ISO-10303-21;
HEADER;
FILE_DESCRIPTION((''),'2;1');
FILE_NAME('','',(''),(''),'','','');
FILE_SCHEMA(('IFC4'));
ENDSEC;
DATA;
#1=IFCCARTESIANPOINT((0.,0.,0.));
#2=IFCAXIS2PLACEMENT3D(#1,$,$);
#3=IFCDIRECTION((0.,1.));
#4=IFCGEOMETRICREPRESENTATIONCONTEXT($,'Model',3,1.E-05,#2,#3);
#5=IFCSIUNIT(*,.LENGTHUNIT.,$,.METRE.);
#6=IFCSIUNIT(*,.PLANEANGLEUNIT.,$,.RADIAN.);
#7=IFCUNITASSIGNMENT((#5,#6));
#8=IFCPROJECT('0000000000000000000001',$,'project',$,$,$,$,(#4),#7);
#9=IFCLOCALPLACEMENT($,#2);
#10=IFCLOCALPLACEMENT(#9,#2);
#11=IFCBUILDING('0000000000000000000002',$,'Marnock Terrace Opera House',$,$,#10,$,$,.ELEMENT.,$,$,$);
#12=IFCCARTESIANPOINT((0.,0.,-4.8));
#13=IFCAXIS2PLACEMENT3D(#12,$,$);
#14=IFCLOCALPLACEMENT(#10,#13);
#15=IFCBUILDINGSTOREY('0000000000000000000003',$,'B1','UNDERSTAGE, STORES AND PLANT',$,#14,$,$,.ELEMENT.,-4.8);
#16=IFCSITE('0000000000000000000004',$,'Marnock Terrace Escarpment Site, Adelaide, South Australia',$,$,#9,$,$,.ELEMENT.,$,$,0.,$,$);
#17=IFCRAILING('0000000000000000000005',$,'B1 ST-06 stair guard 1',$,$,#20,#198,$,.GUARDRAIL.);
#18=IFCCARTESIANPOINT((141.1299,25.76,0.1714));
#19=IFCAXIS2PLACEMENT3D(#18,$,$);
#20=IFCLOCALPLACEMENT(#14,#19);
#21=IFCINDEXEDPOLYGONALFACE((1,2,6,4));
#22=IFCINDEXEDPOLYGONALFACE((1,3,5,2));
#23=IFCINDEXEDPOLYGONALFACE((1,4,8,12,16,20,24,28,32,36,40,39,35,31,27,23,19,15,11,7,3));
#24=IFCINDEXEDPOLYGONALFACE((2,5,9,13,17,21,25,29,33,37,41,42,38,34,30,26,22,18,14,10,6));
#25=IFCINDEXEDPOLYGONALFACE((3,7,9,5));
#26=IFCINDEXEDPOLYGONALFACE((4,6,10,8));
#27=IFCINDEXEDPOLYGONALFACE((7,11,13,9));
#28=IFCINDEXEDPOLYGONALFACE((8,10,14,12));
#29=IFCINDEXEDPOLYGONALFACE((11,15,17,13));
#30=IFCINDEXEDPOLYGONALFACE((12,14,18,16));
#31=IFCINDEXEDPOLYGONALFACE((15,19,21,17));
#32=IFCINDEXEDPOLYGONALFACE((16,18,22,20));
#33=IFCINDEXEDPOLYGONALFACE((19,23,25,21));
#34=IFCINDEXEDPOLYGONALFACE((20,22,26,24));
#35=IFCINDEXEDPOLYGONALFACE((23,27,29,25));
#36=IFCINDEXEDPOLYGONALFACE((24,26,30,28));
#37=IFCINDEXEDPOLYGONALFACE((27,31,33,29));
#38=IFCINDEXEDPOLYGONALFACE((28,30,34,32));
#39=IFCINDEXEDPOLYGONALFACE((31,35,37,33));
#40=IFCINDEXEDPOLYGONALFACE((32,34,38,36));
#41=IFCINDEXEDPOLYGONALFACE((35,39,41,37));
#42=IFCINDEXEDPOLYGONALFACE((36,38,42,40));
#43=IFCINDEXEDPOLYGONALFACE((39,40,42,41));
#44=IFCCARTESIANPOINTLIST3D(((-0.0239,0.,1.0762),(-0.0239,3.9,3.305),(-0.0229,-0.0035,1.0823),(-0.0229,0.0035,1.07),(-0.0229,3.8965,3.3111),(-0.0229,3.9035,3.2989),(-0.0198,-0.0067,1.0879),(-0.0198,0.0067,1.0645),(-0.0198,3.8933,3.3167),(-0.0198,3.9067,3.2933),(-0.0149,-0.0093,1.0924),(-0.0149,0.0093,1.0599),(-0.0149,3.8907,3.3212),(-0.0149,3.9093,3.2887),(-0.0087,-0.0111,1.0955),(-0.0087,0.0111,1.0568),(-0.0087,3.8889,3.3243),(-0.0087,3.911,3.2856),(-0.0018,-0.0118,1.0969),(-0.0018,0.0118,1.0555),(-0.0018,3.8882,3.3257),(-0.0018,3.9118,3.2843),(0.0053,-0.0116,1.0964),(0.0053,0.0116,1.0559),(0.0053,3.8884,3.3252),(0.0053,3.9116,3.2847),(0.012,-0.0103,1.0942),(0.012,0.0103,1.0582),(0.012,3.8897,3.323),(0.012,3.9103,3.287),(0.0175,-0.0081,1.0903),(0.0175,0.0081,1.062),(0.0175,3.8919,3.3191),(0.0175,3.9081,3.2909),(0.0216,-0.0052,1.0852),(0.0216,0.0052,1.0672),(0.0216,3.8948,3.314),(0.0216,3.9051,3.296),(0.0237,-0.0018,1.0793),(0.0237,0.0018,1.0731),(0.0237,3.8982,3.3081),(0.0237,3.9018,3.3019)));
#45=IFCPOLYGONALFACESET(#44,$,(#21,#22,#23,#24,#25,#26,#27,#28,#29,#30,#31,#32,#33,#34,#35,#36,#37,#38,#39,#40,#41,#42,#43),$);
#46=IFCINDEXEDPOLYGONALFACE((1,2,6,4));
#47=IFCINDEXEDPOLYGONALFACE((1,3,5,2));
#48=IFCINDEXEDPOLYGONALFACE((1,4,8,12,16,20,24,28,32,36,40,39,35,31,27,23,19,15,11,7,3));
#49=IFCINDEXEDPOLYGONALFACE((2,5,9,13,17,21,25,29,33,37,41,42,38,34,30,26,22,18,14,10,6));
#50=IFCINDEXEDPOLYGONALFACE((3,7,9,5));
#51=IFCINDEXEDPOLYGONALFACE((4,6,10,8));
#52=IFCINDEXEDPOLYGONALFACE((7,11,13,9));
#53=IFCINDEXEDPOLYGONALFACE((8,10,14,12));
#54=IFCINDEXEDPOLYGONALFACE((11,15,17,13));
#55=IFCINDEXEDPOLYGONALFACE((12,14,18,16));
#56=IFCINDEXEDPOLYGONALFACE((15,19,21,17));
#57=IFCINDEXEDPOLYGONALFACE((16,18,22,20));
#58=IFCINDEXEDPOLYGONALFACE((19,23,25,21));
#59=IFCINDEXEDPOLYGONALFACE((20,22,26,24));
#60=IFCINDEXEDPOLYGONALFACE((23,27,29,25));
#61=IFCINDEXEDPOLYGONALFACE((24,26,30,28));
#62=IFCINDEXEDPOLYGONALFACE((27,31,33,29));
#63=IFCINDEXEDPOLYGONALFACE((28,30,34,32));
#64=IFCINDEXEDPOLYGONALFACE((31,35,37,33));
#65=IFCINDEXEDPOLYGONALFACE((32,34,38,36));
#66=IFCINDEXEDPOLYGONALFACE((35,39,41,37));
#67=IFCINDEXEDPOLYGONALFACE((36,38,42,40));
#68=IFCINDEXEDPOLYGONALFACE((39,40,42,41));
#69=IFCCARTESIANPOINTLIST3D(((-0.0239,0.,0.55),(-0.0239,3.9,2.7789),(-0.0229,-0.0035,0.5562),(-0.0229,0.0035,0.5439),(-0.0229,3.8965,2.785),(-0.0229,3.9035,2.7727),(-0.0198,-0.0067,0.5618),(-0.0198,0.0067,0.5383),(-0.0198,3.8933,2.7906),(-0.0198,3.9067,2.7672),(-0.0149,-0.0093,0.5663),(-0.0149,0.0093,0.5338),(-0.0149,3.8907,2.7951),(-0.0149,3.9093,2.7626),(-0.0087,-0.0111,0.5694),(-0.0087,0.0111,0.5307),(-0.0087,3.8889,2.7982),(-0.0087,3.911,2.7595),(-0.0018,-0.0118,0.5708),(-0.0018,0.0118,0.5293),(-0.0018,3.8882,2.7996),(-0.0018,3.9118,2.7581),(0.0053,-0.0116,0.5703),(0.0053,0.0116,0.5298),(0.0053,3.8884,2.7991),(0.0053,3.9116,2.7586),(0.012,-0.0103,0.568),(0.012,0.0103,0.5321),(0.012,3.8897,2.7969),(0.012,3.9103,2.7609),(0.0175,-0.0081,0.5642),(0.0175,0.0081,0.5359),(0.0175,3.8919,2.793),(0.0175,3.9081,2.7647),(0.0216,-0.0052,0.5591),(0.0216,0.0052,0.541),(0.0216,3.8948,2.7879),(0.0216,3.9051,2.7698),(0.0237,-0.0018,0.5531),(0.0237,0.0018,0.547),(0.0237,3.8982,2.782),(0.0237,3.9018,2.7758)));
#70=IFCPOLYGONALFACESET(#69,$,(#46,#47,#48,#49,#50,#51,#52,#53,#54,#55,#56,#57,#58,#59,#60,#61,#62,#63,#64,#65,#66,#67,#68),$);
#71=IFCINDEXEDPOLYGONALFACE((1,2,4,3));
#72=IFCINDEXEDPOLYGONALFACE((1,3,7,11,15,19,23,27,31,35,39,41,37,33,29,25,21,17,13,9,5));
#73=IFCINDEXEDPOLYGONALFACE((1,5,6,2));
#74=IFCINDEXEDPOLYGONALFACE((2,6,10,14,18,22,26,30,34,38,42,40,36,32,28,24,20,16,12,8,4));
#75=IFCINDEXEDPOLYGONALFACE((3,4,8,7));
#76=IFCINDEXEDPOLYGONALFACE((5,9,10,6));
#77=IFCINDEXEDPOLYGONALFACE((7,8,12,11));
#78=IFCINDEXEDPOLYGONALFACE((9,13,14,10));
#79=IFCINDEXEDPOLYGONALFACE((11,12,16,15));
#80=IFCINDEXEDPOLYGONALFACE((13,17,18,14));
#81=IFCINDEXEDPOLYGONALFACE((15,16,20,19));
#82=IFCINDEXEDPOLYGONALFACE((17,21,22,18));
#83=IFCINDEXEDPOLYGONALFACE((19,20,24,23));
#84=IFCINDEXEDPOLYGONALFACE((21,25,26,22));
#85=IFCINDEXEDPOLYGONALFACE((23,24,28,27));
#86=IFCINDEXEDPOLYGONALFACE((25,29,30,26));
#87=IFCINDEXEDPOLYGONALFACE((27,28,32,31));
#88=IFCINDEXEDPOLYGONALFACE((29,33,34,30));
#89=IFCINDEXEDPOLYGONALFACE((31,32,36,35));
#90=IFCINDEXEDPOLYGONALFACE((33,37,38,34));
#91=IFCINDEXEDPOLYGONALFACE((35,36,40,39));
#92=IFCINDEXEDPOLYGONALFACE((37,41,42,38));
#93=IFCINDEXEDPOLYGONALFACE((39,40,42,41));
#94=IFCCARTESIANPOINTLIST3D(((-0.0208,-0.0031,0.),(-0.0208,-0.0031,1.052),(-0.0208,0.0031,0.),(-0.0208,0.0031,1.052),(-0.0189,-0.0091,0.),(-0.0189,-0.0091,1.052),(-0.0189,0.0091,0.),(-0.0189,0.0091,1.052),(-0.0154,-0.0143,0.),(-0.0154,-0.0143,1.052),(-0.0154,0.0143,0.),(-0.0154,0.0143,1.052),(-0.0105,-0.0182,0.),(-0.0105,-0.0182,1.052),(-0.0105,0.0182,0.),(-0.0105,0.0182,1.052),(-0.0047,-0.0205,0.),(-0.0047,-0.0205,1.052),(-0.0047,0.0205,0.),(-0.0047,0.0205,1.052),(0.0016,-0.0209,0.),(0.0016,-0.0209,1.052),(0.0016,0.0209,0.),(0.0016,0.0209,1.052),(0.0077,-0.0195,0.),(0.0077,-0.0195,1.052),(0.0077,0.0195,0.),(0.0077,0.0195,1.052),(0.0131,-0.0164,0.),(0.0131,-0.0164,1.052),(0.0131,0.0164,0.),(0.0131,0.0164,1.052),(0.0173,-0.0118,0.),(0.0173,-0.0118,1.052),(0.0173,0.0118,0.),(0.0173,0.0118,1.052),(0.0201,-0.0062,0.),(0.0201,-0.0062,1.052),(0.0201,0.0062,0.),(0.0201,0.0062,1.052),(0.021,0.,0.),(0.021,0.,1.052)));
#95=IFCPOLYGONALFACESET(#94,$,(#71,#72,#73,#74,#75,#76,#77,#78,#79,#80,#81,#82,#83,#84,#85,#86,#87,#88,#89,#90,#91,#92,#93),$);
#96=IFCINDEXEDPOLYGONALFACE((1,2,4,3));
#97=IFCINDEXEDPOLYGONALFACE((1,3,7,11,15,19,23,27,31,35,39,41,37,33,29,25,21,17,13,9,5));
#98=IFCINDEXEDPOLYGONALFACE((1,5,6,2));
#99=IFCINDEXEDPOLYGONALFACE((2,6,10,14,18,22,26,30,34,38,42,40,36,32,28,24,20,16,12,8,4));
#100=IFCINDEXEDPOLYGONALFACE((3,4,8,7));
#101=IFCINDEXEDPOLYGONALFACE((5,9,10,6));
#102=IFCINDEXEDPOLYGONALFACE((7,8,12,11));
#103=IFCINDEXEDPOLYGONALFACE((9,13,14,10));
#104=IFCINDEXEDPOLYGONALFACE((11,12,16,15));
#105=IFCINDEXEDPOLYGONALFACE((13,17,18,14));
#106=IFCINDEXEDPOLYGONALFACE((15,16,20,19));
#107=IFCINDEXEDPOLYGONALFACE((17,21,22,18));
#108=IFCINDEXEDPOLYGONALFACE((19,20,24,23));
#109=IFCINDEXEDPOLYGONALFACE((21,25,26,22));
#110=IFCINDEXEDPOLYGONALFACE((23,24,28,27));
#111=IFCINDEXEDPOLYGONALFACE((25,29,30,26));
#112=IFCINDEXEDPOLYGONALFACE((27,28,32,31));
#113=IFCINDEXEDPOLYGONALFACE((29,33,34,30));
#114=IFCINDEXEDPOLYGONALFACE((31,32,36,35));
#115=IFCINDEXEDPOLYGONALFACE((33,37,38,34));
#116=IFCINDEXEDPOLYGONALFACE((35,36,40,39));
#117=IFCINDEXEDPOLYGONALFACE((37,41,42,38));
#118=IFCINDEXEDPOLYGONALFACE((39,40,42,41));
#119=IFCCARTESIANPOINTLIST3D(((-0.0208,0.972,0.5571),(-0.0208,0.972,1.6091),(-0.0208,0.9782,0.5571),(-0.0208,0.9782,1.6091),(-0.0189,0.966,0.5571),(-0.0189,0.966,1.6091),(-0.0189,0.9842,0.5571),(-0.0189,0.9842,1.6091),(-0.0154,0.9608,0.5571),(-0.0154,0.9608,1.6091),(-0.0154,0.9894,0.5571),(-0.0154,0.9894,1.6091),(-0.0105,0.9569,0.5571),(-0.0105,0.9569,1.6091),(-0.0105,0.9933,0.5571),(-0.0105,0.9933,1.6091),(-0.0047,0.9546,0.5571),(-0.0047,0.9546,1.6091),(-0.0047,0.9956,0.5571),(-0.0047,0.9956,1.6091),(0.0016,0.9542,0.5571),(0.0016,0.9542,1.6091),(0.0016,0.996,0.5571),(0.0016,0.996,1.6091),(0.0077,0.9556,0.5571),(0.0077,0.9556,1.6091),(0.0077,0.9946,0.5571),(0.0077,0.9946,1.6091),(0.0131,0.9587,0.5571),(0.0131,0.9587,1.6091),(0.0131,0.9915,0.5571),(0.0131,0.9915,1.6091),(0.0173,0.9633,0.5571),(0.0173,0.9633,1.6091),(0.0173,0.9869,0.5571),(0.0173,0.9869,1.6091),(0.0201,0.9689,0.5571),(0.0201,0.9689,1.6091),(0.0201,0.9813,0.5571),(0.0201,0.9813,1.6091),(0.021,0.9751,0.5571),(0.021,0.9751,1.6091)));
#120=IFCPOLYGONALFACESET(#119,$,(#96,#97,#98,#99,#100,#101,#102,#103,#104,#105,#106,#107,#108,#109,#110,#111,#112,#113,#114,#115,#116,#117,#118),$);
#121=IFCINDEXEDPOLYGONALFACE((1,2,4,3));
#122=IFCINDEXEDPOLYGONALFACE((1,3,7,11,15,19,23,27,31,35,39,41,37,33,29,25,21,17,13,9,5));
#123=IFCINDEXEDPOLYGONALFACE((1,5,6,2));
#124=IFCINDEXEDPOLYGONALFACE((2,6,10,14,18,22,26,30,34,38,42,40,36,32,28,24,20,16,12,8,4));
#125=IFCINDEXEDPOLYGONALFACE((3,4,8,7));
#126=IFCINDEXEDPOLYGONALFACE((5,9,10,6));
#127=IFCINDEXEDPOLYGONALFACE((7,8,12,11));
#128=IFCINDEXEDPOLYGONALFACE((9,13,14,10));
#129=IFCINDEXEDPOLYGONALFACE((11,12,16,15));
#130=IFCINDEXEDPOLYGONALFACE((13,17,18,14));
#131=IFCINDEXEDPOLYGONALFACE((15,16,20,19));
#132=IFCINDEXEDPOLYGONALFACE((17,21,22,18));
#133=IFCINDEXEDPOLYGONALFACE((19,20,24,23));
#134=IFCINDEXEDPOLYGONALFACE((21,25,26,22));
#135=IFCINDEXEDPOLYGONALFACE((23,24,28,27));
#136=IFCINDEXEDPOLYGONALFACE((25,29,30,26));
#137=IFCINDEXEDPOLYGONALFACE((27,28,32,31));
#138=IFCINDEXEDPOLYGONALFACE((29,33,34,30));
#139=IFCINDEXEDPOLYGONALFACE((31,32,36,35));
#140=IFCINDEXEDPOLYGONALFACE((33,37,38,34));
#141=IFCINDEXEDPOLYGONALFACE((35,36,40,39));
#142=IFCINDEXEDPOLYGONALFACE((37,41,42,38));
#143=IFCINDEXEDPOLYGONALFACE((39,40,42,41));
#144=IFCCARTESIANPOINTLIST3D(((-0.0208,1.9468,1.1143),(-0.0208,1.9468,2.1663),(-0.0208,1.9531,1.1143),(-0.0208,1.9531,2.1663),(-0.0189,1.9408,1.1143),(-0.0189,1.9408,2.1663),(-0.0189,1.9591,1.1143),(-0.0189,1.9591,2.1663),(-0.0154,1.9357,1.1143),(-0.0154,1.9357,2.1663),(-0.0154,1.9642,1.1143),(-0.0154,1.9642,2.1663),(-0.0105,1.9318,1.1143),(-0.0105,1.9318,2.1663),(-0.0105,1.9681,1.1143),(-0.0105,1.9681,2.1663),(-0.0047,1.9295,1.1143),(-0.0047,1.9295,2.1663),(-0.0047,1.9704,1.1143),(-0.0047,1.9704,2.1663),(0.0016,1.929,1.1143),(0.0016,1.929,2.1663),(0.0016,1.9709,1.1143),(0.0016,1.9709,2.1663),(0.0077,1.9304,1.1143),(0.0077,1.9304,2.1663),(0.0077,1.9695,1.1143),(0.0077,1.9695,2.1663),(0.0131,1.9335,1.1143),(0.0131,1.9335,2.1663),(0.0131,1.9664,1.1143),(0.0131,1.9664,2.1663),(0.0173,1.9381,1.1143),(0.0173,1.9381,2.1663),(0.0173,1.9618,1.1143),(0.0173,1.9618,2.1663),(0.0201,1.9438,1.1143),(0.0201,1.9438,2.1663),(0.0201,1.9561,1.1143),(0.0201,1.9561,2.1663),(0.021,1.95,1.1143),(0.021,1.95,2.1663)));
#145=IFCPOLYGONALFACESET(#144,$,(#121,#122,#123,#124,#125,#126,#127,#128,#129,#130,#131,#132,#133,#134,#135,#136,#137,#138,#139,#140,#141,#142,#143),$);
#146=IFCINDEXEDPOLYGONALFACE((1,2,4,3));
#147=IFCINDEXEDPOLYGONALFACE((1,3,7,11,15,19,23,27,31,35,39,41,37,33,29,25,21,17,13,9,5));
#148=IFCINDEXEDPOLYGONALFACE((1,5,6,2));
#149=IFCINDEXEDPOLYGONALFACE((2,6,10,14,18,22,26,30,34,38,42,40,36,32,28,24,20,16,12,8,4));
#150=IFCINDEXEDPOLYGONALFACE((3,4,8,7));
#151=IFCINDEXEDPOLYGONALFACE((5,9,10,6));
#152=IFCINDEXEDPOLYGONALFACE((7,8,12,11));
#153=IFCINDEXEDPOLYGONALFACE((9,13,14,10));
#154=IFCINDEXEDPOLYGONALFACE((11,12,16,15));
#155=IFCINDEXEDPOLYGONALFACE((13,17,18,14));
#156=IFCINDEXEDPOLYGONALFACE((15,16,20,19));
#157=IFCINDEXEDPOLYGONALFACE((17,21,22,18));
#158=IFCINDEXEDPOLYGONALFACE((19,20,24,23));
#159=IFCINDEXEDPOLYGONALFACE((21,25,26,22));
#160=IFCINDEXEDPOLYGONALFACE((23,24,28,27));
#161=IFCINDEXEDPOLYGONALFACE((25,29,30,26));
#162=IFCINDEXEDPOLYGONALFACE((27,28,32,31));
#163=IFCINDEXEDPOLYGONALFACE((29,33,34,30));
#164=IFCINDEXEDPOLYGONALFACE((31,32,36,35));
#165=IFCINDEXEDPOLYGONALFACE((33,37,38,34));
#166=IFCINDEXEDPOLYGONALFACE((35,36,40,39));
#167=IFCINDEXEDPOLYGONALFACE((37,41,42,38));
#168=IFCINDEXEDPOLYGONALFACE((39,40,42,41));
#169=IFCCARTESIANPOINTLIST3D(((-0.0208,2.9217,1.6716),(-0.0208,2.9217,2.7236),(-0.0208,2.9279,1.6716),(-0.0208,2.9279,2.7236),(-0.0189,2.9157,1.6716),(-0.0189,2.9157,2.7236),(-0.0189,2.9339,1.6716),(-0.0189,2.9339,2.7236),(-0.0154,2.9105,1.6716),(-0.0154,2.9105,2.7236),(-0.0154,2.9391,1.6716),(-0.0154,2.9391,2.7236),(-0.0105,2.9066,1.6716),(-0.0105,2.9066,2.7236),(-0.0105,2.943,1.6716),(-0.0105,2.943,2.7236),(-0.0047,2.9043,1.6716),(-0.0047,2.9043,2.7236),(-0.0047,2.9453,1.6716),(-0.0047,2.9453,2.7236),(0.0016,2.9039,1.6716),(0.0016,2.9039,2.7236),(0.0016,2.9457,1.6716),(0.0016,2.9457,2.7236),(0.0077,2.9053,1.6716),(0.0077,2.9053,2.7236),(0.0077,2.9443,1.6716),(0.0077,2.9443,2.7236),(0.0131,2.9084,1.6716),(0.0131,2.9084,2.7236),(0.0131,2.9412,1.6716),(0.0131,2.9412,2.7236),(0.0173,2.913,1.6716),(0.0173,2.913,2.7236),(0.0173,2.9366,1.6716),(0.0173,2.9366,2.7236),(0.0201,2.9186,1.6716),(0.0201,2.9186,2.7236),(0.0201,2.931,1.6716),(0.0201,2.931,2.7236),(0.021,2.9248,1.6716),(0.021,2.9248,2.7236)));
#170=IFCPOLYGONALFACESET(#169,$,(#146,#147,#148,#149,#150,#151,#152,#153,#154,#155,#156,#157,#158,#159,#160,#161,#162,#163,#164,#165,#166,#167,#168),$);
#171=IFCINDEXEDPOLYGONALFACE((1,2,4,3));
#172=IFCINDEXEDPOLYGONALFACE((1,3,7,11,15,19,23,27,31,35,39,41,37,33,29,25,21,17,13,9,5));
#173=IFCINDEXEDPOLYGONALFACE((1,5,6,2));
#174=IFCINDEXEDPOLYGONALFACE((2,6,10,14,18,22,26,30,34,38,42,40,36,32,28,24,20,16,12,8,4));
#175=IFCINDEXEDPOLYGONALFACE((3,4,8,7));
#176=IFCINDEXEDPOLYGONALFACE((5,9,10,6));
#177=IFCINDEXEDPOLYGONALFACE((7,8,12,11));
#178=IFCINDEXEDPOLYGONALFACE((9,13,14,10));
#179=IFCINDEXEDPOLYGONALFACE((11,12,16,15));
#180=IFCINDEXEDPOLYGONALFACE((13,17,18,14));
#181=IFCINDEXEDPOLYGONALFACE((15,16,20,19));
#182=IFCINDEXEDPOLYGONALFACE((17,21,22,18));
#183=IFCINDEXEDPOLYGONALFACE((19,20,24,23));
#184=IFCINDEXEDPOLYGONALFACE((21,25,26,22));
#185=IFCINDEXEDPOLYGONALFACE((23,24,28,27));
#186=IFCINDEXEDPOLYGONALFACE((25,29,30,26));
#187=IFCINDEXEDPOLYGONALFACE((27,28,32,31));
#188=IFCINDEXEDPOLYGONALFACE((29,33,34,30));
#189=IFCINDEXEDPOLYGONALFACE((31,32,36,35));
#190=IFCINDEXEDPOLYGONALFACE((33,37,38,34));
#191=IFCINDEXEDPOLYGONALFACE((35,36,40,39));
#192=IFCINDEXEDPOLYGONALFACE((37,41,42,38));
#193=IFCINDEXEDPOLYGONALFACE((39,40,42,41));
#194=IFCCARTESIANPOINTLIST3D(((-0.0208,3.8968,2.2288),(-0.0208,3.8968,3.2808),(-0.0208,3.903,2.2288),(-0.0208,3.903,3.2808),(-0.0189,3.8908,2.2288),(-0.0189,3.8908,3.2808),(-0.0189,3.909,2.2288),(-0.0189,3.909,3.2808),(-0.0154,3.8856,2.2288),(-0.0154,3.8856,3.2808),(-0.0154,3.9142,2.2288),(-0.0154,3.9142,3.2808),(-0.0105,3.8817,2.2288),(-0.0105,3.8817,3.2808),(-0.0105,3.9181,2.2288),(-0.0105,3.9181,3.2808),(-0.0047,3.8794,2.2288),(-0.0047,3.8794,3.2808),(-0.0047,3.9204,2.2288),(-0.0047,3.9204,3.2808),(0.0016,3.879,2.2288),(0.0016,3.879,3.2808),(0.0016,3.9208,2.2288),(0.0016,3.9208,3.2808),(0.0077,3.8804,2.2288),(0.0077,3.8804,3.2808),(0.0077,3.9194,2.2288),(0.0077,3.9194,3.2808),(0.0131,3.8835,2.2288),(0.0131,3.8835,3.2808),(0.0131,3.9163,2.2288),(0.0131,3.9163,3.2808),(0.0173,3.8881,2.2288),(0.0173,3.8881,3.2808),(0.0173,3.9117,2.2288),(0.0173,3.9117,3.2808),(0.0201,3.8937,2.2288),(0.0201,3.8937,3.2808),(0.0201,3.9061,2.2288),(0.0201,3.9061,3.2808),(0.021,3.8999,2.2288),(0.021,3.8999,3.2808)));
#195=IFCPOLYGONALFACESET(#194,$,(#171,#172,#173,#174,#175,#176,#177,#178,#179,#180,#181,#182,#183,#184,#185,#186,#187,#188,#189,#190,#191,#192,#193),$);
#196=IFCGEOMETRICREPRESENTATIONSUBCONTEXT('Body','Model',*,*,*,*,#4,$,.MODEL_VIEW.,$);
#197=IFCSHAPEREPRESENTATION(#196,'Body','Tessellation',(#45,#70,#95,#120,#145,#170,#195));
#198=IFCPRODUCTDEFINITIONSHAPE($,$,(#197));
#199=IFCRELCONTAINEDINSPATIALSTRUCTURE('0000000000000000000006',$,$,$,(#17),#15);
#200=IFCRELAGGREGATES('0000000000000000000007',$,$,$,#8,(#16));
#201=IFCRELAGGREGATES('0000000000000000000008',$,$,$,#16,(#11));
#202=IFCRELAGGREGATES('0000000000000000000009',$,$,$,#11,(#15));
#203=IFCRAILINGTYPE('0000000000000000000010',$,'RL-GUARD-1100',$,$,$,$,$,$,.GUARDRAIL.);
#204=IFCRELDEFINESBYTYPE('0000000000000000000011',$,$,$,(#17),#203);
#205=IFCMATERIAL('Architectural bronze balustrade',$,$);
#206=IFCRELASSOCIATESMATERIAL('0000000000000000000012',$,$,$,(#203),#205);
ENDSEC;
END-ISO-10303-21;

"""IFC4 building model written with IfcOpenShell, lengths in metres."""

from ifc_helpers import new_model, si_unit, direction, frame, origin, origin_2d, place, context, subcontext, project, spatial, circle, extrude, material, type_object, element, save


model = new_model("IFC4")

# Units and contexts
model_context = context("Model", 3, precision=1e-05, world=origin(), true_north=direction((0.0, 1.0)))
body_context = subcontext(model_context, "Body", "Model", "MODEL_VIEW")
ifc_project = project(units=[si_unit("LENGTHUNIT", "METRE"), si_unit("PLANEANGLEUNIT", "RADIAN")], contexts=[model_context])

# Site, building, storey
site_placement = place(None, origin())
site = spatial("IfcSite", under=ifc_project, at=site_placement, Name="Marnock Terrace Escarpment Site, Adelaide, South Australia", CompositionType="ELEMENT", RefElevation=0.0)
building_placement = place(site_placement, origin())
building = spatial("IfcBuilding", under=site, at=building_placement, Name="Marnock Terrace Opera House", CompositionType="ELEMENT")
storey_placement = place(building_placement, frame((0.0, 0.0, -4.8)))
storey = spatial("IfcBuildingStorey", under=building, at=storey_placement, Name="B1", Description="UNDERSTAGE, STORES AND PLANT", CompositionType="ELEMENT", Elevation=-4.8)

# Railing
ifc_material_1 = material(Name="Architectural bronze balustrade")
railing_type = type_object("IfcRailingType", Name="RL-GUARD-1100", PredefinedType="GUARDRAIL", material=ifc_material_1)
railing_1_placement = place(storey_placement, frame((141.1299, 25.76, 0.1714)))
element("IfcRailing", 1, at=railing_1_placement, inside=storey, type_object=railing_type, Name="B1 ST-06 stair guard 1", PredefinedType="GUARDRAIL", context=body_context, shape_type="SweptSolid", body=[
    extrude(circle(Radius=0.0239, at=origin_2d()), frame((0.0, 0.0, 1.0762), z_axis=(0.0, 0.86822, 0.49618), x_axis=(-1.0, 0.0, 0.0)), (0.0, 0.0, 1.0), 4.4919),
    extrude(circle(Radius=0.0239, at=origin_2d()), frame((0.0, 0.0, 0.55), z_axis=(0.0, 0.86822, 0.49618), x_axis=(-1.0, 0.0, 0.0)), (0.0, 0.0, 1.0), 4.4919),
    extrude(circle(Radius=0.021, at=origin_2d()), origin(), (0.0, 0.0, 1.0), 1.052),
    extrude(circle(Radius=0.021, at=origin_2d()), frame((0.0, 0.9751, 0.5571)), (0.0, 0.0, 1.0), 1.052),
    extrude(circle(Radius=0.021, at=origin_2d()), frame((0.0, 1.95, 1.1143)), (0.0, 0.0, 1.0), 1.052),
    extrude(circle(Radius=0.021, at=origin_2d()), frame((0.0, 2.9248, 1.6716)), (0.0, 0.0, 1.0), 1.052),
    extrude(circle(Radius=0.021, at=origin_2d()), frame((0.0, 3.8999, 2.2288)), (0.0, 0.0, 1.0), 1.052),
])

save(model, "model.ifc")
